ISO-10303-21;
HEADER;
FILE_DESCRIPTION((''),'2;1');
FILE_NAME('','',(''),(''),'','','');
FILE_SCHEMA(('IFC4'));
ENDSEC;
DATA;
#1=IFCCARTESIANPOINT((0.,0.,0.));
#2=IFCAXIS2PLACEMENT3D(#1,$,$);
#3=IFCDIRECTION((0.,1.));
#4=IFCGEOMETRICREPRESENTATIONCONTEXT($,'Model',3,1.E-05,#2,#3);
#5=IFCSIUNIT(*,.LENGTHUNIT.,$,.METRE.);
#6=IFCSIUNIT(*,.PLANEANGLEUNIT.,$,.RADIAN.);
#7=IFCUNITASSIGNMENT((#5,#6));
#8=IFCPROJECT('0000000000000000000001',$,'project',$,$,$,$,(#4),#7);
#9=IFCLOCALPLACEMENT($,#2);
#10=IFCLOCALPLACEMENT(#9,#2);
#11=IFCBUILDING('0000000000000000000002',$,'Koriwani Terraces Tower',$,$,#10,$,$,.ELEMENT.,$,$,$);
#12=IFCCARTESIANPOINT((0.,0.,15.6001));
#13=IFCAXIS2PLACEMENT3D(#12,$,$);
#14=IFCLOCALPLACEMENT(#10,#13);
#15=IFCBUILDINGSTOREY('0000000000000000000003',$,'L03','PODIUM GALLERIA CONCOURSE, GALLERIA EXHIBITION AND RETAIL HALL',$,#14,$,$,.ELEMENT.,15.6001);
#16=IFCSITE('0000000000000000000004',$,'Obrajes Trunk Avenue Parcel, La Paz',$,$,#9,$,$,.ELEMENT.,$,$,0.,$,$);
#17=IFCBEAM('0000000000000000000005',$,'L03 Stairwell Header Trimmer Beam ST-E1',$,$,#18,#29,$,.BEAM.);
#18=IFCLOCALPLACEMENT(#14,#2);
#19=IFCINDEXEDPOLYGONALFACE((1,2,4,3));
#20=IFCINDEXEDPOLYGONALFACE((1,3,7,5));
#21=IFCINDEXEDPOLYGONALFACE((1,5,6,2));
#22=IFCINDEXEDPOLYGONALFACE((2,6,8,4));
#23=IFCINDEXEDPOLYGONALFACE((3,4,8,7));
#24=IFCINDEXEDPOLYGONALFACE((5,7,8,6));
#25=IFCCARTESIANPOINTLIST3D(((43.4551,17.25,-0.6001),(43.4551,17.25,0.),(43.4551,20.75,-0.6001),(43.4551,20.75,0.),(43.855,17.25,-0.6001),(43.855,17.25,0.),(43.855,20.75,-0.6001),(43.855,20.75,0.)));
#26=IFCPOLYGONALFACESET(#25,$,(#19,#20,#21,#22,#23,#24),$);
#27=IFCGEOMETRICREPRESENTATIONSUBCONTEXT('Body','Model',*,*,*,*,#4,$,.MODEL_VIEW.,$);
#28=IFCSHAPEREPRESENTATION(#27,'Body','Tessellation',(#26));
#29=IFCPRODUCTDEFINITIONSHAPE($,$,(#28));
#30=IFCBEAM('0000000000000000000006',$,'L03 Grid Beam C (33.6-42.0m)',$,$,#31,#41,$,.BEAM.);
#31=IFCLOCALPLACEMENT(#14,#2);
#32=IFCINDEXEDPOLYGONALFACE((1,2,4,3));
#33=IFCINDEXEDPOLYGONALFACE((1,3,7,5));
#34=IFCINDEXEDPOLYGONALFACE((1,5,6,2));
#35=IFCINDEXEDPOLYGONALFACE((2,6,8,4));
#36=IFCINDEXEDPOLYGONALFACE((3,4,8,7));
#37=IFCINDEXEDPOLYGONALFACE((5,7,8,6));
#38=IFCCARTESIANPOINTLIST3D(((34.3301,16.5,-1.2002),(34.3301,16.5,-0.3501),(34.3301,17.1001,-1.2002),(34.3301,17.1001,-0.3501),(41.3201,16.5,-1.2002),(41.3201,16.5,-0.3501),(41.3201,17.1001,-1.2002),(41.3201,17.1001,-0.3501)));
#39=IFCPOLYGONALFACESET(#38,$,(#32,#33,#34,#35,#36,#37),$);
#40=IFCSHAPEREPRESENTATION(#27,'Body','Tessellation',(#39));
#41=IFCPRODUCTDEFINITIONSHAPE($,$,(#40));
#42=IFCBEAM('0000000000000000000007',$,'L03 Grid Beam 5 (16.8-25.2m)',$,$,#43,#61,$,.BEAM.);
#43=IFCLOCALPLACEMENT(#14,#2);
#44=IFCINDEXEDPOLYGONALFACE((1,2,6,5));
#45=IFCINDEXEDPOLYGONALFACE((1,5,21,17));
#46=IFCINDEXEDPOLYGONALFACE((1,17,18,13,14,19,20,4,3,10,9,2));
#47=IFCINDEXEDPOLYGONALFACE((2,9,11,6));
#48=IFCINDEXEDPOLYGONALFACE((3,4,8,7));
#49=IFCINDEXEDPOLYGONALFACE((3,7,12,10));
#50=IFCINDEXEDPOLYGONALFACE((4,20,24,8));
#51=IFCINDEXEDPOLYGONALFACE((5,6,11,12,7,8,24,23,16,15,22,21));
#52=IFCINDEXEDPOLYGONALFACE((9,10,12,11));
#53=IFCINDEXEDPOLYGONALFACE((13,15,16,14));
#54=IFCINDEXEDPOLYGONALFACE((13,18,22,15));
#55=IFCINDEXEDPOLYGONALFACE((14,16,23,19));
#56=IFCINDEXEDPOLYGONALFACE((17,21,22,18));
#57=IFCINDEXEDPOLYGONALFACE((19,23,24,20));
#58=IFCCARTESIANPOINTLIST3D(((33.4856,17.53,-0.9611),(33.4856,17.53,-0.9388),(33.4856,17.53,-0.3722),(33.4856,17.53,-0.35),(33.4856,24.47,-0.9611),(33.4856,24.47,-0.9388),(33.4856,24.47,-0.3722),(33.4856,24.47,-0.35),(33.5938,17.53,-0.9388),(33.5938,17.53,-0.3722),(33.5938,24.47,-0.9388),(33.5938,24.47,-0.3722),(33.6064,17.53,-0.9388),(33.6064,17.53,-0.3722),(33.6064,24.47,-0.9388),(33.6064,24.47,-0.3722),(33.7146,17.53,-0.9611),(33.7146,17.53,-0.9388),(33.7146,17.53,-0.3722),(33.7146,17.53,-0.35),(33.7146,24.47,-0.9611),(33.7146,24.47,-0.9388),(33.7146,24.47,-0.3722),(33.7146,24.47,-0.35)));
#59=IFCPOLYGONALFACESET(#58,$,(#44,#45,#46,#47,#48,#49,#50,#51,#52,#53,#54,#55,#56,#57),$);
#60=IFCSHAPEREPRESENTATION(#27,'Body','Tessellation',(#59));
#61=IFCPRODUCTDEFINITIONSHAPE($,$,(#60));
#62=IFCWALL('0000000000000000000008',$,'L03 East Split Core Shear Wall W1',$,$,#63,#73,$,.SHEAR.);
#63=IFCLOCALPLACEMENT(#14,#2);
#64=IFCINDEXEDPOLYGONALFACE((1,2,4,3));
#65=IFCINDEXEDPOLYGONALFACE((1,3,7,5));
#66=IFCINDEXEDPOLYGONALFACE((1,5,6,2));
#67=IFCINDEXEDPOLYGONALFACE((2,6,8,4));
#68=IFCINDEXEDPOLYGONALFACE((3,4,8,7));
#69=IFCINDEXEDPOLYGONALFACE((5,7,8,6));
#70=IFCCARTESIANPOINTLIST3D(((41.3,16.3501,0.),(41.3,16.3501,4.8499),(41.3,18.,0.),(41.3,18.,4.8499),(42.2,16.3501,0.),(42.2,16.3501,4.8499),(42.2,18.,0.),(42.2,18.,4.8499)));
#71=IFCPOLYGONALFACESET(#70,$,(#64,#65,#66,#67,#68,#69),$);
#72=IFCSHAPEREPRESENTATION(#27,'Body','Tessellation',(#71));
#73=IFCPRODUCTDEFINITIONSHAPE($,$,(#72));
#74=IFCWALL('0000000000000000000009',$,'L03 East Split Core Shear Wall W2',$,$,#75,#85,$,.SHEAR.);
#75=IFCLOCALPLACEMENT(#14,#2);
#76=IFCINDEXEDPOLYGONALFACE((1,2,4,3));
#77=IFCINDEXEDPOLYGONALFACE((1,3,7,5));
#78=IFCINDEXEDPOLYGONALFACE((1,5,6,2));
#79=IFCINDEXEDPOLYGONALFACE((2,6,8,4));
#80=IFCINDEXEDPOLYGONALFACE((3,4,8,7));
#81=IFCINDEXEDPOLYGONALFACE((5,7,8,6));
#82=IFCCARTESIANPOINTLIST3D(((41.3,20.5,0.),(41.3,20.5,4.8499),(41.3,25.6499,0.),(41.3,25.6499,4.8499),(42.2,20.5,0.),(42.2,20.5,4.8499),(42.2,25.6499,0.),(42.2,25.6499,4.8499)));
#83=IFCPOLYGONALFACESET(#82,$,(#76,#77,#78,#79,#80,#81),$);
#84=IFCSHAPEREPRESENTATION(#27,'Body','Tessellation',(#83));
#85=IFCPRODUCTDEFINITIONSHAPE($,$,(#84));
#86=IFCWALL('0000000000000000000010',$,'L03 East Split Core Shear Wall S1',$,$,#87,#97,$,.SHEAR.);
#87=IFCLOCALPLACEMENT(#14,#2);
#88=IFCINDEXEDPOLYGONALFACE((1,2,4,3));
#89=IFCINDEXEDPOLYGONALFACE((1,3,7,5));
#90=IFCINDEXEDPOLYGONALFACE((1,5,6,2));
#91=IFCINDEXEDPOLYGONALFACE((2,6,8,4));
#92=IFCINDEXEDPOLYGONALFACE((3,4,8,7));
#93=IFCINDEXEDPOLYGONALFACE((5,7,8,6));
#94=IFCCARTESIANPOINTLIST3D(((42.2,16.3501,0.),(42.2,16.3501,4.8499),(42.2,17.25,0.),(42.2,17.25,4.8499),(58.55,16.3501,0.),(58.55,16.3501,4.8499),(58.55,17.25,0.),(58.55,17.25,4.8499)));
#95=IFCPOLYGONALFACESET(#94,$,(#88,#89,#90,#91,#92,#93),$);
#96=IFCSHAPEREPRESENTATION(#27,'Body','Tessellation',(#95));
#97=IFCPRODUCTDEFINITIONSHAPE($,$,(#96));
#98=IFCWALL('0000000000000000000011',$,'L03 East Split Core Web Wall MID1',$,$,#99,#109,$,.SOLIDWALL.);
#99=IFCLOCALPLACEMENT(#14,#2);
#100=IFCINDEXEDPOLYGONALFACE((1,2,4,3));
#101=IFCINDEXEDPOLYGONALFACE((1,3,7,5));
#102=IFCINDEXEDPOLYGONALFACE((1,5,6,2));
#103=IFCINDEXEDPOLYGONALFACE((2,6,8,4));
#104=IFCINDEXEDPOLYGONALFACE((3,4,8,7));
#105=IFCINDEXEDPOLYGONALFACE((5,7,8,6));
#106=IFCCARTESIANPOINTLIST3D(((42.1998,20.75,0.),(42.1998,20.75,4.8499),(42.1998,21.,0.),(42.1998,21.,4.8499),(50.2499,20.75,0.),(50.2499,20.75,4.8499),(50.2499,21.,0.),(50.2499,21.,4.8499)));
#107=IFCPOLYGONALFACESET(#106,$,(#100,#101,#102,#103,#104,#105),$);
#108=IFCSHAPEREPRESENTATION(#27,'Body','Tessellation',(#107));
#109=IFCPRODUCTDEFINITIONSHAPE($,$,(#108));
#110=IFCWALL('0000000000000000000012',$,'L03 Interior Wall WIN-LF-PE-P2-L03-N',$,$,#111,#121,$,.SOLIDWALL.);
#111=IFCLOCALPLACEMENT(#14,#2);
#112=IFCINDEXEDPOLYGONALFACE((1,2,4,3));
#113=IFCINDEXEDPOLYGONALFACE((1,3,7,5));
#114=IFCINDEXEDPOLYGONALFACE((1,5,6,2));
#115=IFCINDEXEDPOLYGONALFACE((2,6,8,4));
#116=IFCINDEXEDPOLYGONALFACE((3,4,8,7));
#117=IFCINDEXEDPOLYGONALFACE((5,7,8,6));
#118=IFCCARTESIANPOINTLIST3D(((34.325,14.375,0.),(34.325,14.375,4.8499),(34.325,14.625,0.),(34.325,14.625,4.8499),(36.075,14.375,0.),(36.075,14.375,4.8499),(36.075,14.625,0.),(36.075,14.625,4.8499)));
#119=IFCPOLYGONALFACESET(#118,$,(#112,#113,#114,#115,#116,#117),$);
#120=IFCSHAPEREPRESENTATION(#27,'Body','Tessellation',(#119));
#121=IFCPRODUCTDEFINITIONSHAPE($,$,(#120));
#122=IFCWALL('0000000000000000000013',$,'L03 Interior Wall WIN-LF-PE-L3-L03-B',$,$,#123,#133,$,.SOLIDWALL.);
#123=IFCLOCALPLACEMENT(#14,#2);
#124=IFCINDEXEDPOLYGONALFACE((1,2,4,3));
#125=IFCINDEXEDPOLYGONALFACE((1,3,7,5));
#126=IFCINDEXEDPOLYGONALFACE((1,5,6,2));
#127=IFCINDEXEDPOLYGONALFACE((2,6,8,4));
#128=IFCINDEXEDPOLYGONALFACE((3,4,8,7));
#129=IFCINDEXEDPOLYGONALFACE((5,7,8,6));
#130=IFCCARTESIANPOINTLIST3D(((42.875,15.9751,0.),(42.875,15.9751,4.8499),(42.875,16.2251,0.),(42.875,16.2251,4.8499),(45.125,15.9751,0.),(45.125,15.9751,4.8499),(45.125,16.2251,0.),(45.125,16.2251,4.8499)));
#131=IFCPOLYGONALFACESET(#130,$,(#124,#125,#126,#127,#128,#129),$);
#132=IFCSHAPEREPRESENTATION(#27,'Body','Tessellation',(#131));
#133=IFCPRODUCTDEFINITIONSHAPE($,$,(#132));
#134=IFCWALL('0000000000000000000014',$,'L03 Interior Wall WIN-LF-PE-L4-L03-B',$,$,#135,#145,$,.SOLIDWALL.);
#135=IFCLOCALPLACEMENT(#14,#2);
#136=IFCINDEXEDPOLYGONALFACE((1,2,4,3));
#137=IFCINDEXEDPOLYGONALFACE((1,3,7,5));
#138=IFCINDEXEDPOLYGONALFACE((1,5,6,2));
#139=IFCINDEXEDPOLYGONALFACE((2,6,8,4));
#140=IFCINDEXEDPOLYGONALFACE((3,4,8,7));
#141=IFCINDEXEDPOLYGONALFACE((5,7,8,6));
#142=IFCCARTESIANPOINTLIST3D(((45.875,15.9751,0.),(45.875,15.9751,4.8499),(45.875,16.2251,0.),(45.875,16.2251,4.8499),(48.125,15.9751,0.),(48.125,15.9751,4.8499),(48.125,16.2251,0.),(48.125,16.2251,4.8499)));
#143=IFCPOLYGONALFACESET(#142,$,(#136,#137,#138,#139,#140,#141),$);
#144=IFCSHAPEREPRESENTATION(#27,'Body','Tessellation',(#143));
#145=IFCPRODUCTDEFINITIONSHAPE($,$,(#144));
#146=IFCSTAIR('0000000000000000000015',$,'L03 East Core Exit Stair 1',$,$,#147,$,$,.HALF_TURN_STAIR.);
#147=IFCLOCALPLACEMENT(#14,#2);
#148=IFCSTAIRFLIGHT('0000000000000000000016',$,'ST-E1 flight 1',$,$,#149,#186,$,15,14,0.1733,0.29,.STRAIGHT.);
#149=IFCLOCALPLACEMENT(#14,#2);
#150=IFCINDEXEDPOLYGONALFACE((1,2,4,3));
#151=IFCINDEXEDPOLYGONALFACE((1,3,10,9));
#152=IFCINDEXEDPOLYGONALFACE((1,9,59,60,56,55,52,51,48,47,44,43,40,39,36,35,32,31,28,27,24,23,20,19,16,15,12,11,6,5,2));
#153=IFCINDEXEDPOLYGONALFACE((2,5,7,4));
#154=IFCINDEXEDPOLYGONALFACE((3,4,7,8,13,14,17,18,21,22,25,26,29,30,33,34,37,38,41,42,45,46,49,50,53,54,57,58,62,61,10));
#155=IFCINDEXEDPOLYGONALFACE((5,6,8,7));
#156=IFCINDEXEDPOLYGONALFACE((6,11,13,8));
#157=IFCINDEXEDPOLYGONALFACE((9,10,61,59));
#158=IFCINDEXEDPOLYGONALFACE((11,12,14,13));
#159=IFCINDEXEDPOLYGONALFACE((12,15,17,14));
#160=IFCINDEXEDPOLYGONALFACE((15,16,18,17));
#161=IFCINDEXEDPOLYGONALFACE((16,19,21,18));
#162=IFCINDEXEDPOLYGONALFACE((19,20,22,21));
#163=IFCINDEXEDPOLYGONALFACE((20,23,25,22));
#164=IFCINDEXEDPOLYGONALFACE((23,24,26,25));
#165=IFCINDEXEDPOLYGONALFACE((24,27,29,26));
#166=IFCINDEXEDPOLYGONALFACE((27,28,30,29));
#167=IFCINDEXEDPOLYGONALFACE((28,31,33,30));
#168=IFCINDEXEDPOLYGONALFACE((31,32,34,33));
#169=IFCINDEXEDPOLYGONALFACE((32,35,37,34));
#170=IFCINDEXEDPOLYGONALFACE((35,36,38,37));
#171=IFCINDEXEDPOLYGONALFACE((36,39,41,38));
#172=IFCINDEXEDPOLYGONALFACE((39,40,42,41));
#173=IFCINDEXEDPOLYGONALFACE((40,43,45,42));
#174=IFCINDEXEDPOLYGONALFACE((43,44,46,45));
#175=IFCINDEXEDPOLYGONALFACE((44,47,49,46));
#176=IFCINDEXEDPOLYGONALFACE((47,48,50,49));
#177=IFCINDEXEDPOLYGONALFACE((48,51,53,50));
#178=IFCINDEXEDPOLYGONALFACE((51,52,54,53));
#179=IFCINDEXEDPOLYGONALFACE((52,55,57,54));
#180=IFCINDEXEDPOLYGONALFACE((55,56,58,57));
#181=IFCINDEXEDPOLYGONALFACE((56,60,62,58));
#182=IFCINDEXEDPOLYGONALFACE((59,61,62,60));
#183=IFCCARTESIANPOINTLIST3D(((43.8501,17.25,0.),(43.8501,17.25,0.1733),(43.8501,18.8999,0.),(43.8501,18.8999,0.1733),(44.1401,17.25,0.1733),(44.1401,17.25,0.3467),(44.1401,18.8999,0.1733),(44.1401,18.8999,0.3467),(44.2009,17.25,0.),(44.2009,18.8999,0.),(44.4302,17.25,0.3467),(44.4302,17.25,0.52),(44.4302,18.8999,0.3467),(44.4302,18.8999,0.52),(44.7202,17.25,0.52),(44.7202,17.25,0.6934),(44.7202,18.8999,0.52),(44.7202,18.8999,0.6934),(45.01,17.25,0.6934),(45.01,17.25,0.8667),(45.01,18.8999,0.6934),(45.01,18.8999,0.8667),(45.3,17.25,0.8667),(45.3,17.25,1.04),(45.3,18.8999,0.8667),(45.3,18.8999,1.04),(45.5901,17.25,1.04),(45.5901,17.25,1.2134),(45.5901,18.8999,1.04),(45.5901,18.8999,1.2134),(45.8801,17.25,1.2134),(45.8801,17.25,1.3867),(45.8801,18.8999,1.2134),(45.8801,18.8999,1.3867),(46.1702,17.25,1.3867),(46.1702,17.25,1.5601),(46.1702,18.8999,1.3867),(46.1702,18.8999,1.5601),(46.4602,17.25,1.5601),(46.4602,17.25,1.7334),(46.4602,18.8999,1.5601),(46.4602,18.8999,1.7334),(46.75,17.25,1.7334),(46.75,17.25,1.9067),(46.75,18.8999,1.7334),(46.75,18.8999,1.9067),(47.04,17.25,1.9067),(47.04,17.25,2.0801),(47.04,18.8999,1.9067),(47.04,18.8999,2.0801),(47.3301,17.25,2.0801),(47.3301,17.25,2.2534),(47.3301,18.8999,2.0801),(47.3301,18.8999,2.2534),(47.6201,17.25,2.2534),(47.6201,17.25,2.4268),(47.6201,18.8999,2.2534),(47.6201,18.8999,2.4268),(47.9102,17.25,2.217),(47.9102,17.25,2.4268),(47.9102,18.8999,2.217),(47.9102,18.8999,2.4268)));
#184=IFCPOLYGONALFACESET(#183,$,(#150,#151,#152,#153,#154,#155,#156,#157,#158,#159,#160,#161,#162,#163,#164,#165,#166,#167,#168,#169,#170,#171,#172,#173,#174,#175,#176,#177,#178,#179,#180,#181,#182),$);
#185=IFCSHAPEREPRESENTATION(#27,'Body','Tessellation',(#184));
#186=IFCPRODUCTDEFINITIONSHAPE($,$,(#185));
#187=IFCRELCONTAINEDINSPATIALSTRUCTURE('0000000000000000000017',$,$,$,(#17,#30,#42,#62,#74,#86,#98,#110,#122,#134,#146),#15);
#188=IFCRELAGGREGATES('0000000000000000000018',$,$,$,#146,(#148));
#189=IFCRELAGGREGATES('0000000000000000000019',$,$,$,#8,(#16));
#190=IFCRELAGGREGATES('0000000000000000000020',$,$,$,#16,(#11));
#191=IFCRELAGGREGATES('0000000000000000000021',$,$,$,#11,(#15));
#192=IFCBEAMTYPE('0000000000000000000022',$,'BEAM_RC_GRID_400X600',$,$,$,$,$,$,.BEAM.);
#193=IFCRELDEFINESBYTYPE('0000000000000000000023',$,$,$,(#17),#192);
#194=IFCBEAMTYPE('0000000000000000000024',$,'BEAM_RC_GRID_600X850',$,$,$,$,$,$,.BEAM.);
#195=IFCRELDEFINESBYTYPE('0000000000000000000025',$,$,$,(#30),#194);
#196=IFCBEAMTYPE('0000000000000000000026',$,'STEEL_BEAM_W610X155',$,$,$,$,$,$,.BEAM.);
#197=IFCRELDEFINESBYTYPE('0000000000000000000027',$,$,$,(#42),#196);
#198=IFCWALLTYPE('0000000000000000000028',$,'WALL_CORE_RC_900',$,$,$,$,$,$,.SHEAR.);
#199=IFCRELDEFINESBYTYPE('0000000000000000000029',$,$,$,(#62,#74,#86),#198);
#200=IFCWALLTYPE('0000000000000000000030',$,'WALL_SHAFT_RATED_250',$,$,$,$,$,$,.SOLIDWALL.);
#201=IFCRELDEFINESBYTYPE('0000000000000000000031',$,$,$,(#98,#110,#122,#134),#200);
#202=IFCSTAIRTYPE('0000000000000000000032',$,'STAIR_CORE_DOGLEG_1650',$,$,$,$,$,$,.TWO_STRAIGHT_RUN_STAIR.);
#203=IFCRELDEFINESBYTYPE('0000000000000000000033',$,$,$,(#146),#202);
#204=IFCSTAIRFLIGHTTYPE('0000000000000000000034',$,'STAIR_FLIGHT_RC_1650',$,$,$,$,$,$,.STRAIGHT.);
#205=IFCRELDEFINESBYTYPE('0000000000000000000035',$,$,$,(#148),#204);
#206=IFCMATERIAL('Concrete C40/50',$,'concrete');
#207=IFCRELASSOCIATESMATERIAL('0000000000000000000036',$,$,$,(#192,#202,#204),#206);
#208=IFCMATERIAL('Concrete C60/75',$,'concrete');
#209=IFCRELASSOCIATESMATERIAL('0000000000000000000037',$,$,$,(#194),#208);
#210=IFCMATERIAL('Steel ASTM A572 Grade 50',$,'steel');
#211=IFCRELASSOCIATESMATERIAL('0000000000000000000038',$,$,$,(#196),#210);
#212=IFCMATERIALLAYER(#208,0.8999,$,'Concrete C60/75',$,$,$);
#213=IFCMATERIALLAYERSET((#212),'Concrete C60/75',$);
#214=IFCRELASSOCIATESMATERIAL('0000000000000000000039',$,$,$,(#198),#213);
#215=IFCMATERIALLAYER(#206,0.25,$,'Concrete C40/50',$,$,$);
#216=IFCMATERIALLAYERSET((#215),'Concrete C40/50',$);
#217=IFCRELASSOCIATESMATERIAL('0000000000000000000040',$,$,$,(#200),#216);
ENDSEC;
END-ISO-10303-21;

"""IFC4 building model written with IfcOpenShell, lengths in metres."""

from ifc_helpers import new_model, si_unit, direction, frame, frame_2d, origin, origin_2d, place, context, subcontext, project, spatial, polyline, rectangle, i_section, outline, extrude, material, layer, layer_set, material_profile, profile_set, type_object, element, aggregate, save


model = new_model("IFC4")

# Units and contexts
model_context = context("Model", 3, precision=1e-05, world=origin(), true_north=direction((0.0, 1.0)))
body_context = subcontext(model_context, "Body", "Model", "MODEL_VIEW")
ifc_project = project(units=[si_unit("LENGTHUNIT", "METRE"), si_unit("PLANEANGLEUNIT", "RADIAN")], contexts=[model_context])

# Site, building, storey
site_placement = place(None, origin())
site = spatial("IfcSite", under=ifc_project, at=site_placement, Name="Obrajes Trunk Avenue Parcel, La Paz", CompositionType="ELEMENT", RefElevation=0.0)
building_placement = place(site_placement, origin())
building = spatial("IfcBuilding", under=site, at=building_placement, Name="Koriwani Terraces Tower", CompositionType="ELEMENT")
storey_placement = place(building_placement, frame((0.0, 0.0, 15.6001)))
storey = spatial("IfcBuildingStorey", under=building, at=storey_placement, Name="L03", Description="PODIUM GALLERIA CONCOURSE, GALLERIA EXHIBITION AND RETAIL HALL", CompositionType="ELEMENT", Elevation=15.6001)

# Beams
ifc_material_1 = material(Name="Concrete C40/50", Category="concrete")
ifc_material_profile_1 = material_profile(ifc_material_1, rectangle(XDim=0.3999, YDim=0.6001, at=origin_2d()), Name="Concrete C40/50", Category="LoadBearing")
ifc_profile_set_1 = profile_set([ifc_material_profile_1], Name="Concrete C40/50")
beam_type_1 = type_object("IfcBeamType", Name="BEAM_RC_GRID_400X600", PredefinedType="BEAM", material=ifc_profile_set_1)
beam_1_placement = place(storey_placement, frame((43.655, 17.25, -0.3), z_axis=(0.0, 1.0, 0.0), x_axis=(-1.0, 0.0, 0.0)))
element("IfcBeam", 1, at=beam_1_placement, inside=storey, type_object=beam_type_1, Name="L03 Stairwell Header Trimmer Beam ST-E1", PredefinedType="BEAM", context=body_context, shape_type="SweptSolid", body=[
    extrude(rectangle(XDim=0.3999, YDim=0.6001, at=origin_2d()), origin(), (0.0, 0.0, 1.0), 3.5),
])
ifc_material_2 = material(Name="Concrete C60/75", Category="concrete")
ifc_material_profile_2 = material_profile(ifc_material_2, rectangle(XDim=0.6001, YDim=0.8501, at=origin_2d()), Name="Concrete C60/75", Category="LoadBearing")
ifc_profile_set_2 = profile_set([ifc_material_profile_2], Name="Concrete C60/75")
beam_type_2 = type_object("IfcBeamType", Name="BEAM_RC_GRID_600X850", PredefinedType="BEAM", material=ifc_profile_set_2)
beam_2_placement = place(storey_placement, frame((34.3301, 16.8, -0.7751), z_axis=(1.0, 0.0, 0.0), x_axis=(0.0, 1.0, 0.0)))
element("IfcBeam", 2, at=beam_2_placement, inside=storey, type_object=beam_type_2, Name="L03 Grid Beam C (33.6-42.0m)", PredefinedType="BEAM", context=body_context, shape_type="SweptSolid", body=[
    extrude(rectangle(XDim=0.6001, YDim=0.8501, at=origin_2d()), origin(), (0.0, 0.0, 1.0), 6.99),
])
ifc_material_3 = material(Name="Steel ASTM A572 Grade 50", Category="steel")
ifc_material_profile_3 = material_profile(ifc_material_3, i_section(OverallWidth=0.229, OverallDepth=0.6111, WebThickness=0.0127, FlangeThickness=0.0222, at=origin_2d()), Name="Steel ASTM A572 Grade 50", Category="LoadBearing")
ifc_profile_set_3 = profile_set([ifc_material_profile_3], Name="Steel ASTM A572 Grade 50")
beam_type_3 = type_object("IfcBeamType", Name="STEEL_BEAM_W610X155", PredefinedType="BEAM", material=ifc_profile_set_3)
beam_3_placement = place(storey_placement, frame((33.6001, 17.53, -0.6555), z_axis=(0.0, 1.0, 0.0), x_axis=(-1.0, 0.0, 0.0)))
element("IfcBeam", 3, at=beam_3_placement, inside=storey, type_object=beam_type_3, Name="L03 Grid Beam 5 (16.8-25.2m)", PredefinedType="BEAM", context=body_context, shape_type="SweptSolid", body=[
    extrude(i_section(OverallWidth=0.229, OverallDepth=0.6111, WebThickness=0.0127, FlangeThickness=0.0222, at=origin_2d()), origin(), (0.0, 0.0, 1.0), 6.9399),
])

# Walls
ifc_layer_1 = layer(ifc_material_2, 0.8999, Name="Concrete C60/75")
ifc_layer_set_1 = layer_set([ifc_layer_1], Name="Concrete C60/75")
wall_type_1 = type_object("IfcWallType", Name="WALL_CORE_RC_900", PredefinedType="SHEAR", material=ifc_layer_set_1)
wall_1_placement = place(storey_placement, frame((41.75, 16.3501, 0.0), z_axis=(0.0, 0.0, 1.0), x_axis=(0.0, 1.0, 0.0)))
element("IfcWall", 4, at=wall_1_placement, inside=storey, type_object=wall_type_1, Name="L03 East Split Core Shear Wall W1", PredefinedType="SHEAR", context=body_context, shape_type="SweptSolid", body=[
    extrude(rectangle(XDim=1.6499, YDim=0.8999, at=frame_2d((0.825, 0.0))), origin(), (0.0, 0.0, 1.0), 4.8499),
])
wall_2_placement = place(storey_placement, frame((41.75, 20.5, 0.0), z_axis=(0.0, 0.0, 1.0), x_axis=(0.0, 1.0, 0.0)))
element("IfcWall", 5, at=wall_2_placement, inside=storey, type_object=wall_type_1, Name="L03 East Split Core Shear Wall W2", PredefinedType="SHEAR", context=body_context, shape_type="SweptSolid", body=[
    extrude(rectangle(XDim=5.1499, YDim=0.8999, at=frame_2d((2.575, 0.0))), origin(), (0.0, 0.0, 1.0), 4.8499),
])
wall_3_placement = place(storey_placement, frame((42.2, 16.8, 0.0), z_axis=(0.0, 0.0, 1.0), x_axis=(1.0, 0.0, 0.0)))
element("IfcWall", 6, at=wall_3_placement, inside=storey, type_object=wall_type_1, Name="L03 East Split Core Shear Wall S1", PredefinedType="SHEAR", context=body_context, shape_type="SweptSolid", body=[
    extrude(rectangle(XDim=16.3501, YDim=0.8999, at=frame_2d((8.175, 0.0))), origin(), (0.0, 0.0, 1.0), 4.8499),
])
ifc_layer_2 = layer(ifc_material_1, 0.25, Name="Concrete C40/50")
ifc_layer_set_2 = layer_set([ifc_layer_2], Name="Concrete C40/50")
wall_type_2 = type_object("IfcWallType", Name="WALL_SHAFT_RATED_250", PredefinedType="SOLIDWALL", material=ifc_layer_set_2)
wall_4_placement = place(storey_placement, frame((42.2, 20.875, 0.0), z_axis=(0.0, 0.0, 1.0), x_axis=(1.0, 0.0, 0.0)))
element("IfcWall", 7, at=wall_4_placement, inside=storey, type_object=wall_type_2, Name="L03 East Split Core Web Wall MID1", PredefinedType="SOLIDWALL", context=body_context, shape_type="SweptSolid", body=[
    extrude(rectangle(XDim=8.05, YDim=0.25, at=frame_2d((4.0249, 0.0))), origin(), (0.0, 0.0, 1.0), 4.8499),
])

# Walls
wall_5_placement = place(storey_placement, frame((34.325, 14.5, 0.0), z_axis=(0.0, 0.0, 1.0), x_axis=(1.0, 0.0, 0.0)))
element("IfcWall", 8, at=wall_5_placement, inside=storey, type_object=wall_type_2, Name="L03 Interior Wall WIN-LF-PE-P2-L03-N", PredefinedType="SOLIDWALL", context=body_context, shape_type="SweptSolid", body=[
    extrude(rectangle(XDim=1.75, YDim=0.25, at=frame_2d((0.875, 0.0))), origin(), (0.0, 0.0, 1.0), 4.8499),
])
for number, where, z_axis, x_axis, name in (
    (9, (42.875, 16.1001, 0.0), (0.0, 0.0, 1.0), (1.0, 0.0, 0.0), "L03 Interior Wall WIN-LF-PE-L3-L03-B"),
    (10, (45.875, 16.1001, 0.0), (0.0, 0.0, 1.0), (1.0, 0.0, 0.0), "L03 Interior Wall WIN-LF-PE-L4-L03-B"),
):
    element("IfcWall", number, at=place(storey_placement, frame(where, z_axis=z_axis, x_axis=x_axis)), inside=storey, type_object=wall_type_2, Name=name, PredefinedType="SOLIDWALL", context=body_context, shape_type="SweptSolid", body=[
        extrude(rectangle(XDim=2.25, YDim=0.25, at=frame_2d((1.125, 0.0))), origin(), (0.0, 0.0, 1.0), 4.8499),
    ])

# Stair, stair flight
stair_type = type_object("IfcStairType", Name="STAIR_CORE_DOGLEG_1650", PredefinedType="TWO_STRAIGHT_RUN_STAIR", material=ifc_material_1)
stair_placement = place(storey_placement, origin())
stair = element("IfcStair", 11, at=stair_placement, inside=storey, type_object=stair_type, Name="L03 East Core Exit Stair 1", PredefinedType="HALF_TURN_STAIR")
stair_flight_type = type_object("IfcStairFlightType", Name="STAIR_FLIGHT_RC_1650", PredefinedType="STRAIGHT", material=ifc_material_1)
stair_flight_placement = place(storey_placement, frame((43.8501, 18.075, 0.0), z_axis=(0.0, 0.0, 1.0), x_axis=(1.0, 0.0, 0.0)))
stair_flight = element("IfcStairFlight", 12, at=stair_flight_placement, type_object=stair_flight_type, Name="ST-E1 flight 1", NumberOfRisers=15, NumberOfTreads=14, PredefinedType="STRAIGHT", RiserHeight=0.1733, TreadLength=0.29, context=body_context, shape_type="SweptSolid", body=[
    extrude(outline(polyline([(0.0, 0.0), (0.0, 0.1733), (0.29, 0.1733), (0.29, 0.3467), (0.5801, 0.3467), (0.5801, 0.52), (0.8701, 0.52), (0.8701, 0.6934), (1.1599, 0.6934), (1.1599, 0.8667), (1.45, 0.8667), (1.45, 1.04), (1.74, 1.04), (1.74, 1.2134), (2.03, 1.2134), (2.03, 1.3867), (2.3201, 1.3867), (2.3201, 1.5601), (2.6101, 1.5601), (2.6101, 1.7334), (2.8999, 1.7334), (2.8999, 1.9067), (3.1899, 1.9067), (3.1899, 2.0801), (3.48, 2.0801), (3.48, 2.2534), (3.77, 2.2534), (3.77, 2.4268), (4.0601, 2.4268), (4.0601, 2.6001), (4.0601, 2.217), (0.3508, 0.0), (0.0, 0.0)])), frame((0.0, 0.825, 0.0), z_axis=(0.0, -1.0, 0.0), x_axis=(1.0, 0.0, 0.0)), (0.0, 0.0, 1.0), 1.6499),
])
aggregate(stair, [stair_flight])

save(model, "model.ifc")
